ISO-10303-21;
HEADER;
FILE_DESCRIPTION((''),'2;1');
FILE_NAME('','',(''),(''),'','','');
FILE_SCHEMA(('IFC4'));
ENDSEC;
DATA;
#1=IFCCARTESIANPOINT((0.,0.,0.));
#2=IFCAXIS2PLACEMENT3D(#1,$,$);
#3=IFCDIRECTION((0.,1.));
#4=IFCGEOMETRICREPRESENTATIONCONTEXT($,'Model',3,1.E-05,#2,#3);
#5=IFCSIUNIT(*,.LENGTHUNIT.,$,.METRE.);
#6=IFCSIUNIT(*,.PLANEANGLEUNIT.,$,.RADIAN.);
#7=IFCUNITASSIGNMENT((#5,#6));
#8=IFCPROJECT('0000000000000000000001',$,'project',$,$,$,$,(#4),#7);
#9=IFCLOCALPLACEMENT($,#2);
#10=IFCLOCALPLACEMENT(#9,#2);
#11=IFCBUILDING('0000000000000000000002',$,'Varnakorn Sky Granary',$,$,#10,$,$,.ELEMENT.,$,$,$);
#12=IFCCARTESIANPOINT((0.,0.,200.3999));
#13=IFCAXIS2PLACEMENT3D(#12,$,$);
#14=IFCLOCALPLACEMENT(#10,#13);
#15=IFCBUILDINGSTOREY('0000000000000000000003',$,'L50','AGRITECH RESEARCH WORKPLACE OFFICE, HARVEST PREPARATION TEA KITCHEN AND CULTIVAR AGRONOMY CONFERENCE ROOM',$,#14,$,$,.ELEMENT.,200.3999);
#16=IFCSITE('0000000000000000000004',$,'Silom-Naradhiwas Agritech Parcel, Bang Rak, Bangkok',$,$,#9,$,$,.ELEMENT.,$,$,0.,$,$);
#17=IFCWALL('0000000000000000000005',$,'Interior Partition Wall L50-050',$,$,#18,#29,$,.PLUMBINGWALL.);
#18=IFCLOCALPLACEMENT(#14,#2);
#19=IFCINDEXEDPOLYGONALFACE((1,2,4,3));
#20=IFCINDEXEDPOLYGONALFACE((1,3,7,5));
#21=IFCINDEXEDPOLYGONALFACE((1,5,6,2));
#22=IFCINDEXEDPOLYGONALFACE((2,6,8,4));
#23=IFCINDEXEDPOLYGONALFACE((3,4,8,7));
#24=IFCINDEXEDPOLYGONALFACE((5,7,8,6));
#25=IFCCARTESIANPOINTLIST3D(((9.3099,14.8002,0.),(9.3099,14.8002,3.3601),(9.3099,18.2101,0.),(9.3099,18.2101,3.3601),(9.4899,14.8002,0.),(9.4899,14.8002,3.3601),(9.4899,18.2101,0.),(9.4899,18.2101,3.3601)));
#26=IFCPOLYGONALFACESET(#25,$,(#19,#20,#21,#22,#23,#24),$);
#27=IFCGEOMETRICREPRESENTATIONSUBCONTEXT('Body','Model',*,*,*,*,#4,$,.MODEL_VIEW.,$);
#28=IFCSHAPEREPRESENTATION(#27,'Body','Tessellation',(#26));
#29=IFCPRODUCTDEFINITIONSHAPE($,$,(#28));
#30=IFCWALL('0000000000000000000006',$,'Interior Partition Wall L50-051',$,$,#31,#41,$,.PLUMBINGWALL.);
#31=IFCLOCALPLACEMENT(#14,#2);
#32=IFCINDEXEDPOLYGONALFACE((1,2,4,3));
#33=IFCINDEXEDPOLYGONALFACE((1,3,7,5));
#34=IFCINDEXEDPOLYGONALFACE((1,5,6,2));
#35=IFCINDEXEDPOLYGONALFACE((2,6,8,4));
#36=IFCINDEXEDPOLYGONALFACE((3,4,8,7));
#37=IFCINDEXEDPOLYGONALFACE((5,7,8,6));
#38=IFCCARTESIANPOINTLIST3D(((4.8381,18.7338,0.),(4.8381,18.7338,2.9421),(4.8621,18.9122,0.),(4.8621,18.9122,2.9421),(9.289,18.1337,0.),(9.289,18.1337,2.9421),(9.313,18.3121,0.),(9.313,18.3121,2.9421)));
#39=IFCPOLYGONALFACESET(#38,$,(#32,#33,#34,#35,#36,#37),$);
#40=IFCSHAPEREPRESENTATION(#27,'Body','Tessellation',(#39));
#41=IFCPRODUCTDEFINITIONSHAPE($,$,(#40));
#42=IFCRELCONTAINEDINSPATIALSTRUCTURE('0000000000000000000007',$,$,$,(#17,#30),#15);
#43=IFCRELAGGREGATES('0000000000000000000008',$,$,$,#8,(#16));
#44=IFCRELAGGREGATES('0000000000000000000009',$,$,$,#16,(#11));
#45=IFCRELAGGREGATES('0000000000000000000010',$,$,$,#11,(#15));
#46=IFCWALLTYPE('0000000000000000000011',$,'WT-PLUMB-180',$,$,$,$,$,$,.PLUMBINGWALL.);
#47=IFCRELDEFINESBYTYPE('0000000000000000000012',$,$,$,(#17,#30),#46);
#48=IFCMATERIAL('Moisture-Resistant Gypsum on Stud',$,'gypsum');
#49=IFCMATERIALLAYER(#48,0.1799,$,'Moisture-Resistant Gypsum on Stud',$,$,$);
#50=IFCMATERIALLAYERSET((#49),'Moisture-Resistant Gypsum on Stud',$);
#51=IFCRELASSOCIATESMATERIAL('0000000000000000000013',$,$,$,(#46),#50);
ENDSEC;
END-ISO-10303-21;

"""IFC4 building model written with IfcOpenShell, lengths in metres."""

from ifc_helpers import new_model, si_unit, direction, frame, frame_2d, origin, place, context, subcontext, project, spatial, rectangle, extrude, material, layer, layer_set, type_object, element, save


model = new_model("IFC4")

# Units and contexts
model_context = context("Model", 3, precision=1e-05, world=origin(), true_north=direction((0.0, 1.0)))
body_context = subcontext(model_context, "Body", "Model", "MODEL_VIEW")
ifc_project = project(units=[si_unit("LENGTHUNIT", "METRE"), si_unit("PLANEANGLEUNIT", "RADIAN")], contexts=[model_context])

# Site, building, storey
site_placement = place(None, origin())
site = spatial("IfcSite", under=ifc_project, at=site_placement, Name="Silom-Naradhiwas Agritech Parcel, Bang Rak, Bangkok", CompositionType="ELEMENT", RefElevation=0.0)
building_placement = place(site_placement, origin())
building = spatial("IfcBuilding", under=site, at=building_placement, Name="Varnakorn Sky Granary", CompositionType="ELEMENT")
storey_placement = place(building_placement, frame((0.0, 0.0, 200.3999)))
storey = spatial("IfcBuildingStorey", under=building, at=storey_placement, Name="L50", Description="AGRITECH RESEARCH WORKPLACE OFFICE, HARVEST PREPARATION TEA KITCHEN AND CULTIVAR AGRONOMY CONFERENCE ROOM", CompositionType="ELEMENT", Elevation=200.3999)

# Shared definitions
ifc_material_1 = material(Name="Moisture-Resistant Gypsum on Stud", Category="gypsum")
ifc_layer_1 = layer(ifc_material_1, 0.1799, Name="Moisture-Resistant Gypsum on Stud")
ifc_layer_set_1 = layer_set([ifc_layer_1], Name="Moisture-Resistant Gypsum on Stud")
wall_type = type_object("IfcWallType", Name="WT-PLUMB-180", PredefinedType="PLUMBINGWALL", material=ifc_layer_set_1)

# Walls
wall_1_placement = place(storey_placement, frame((9.3999, 14.8, 0.0), z_axis=(0.0, 0.0, 1.0), x_axis=(0.0, 1.0, 0.0)))
element("IfcWall", 1, at=wall_1_placement, inside=storey, type_object=wall_type, Name="Interior Partition Wall L50-050", PredefinedType="PLUMBINGWALL", context=body_context, shape_type="SweptSolid", body=[
    extrude(rectangle(XDim=3.4099, YDim=0.1799, at=frame_2d((1.7051, 0.0))), origin(), (0.0, 0.0, 1.0), 3.3601),
])
wall_2_placement = place(storey_placement, frame((9.301, 18.2229, 0.0), z_axis=(0.0, 0.0, 1.0), x_axis=(-0.991033, 0.133616, 0.0)))
element("IfcWall", 2, at=wall_2_placement, inside=storey, type_object=wall_type, Name="Interior Partition Wall L50-051", PredefinedType="PLUMBINGWALL", context=body_context, shape_type="SweptSolid", body=[
    extrude(rectangle(XDim=4.4912, YDim=0.1799, at=frame_2d((2.2456, 0.0))), origin(), (0.0, 0.0, 1.0), 2.9421),
])

save(model, "model.ifc")
